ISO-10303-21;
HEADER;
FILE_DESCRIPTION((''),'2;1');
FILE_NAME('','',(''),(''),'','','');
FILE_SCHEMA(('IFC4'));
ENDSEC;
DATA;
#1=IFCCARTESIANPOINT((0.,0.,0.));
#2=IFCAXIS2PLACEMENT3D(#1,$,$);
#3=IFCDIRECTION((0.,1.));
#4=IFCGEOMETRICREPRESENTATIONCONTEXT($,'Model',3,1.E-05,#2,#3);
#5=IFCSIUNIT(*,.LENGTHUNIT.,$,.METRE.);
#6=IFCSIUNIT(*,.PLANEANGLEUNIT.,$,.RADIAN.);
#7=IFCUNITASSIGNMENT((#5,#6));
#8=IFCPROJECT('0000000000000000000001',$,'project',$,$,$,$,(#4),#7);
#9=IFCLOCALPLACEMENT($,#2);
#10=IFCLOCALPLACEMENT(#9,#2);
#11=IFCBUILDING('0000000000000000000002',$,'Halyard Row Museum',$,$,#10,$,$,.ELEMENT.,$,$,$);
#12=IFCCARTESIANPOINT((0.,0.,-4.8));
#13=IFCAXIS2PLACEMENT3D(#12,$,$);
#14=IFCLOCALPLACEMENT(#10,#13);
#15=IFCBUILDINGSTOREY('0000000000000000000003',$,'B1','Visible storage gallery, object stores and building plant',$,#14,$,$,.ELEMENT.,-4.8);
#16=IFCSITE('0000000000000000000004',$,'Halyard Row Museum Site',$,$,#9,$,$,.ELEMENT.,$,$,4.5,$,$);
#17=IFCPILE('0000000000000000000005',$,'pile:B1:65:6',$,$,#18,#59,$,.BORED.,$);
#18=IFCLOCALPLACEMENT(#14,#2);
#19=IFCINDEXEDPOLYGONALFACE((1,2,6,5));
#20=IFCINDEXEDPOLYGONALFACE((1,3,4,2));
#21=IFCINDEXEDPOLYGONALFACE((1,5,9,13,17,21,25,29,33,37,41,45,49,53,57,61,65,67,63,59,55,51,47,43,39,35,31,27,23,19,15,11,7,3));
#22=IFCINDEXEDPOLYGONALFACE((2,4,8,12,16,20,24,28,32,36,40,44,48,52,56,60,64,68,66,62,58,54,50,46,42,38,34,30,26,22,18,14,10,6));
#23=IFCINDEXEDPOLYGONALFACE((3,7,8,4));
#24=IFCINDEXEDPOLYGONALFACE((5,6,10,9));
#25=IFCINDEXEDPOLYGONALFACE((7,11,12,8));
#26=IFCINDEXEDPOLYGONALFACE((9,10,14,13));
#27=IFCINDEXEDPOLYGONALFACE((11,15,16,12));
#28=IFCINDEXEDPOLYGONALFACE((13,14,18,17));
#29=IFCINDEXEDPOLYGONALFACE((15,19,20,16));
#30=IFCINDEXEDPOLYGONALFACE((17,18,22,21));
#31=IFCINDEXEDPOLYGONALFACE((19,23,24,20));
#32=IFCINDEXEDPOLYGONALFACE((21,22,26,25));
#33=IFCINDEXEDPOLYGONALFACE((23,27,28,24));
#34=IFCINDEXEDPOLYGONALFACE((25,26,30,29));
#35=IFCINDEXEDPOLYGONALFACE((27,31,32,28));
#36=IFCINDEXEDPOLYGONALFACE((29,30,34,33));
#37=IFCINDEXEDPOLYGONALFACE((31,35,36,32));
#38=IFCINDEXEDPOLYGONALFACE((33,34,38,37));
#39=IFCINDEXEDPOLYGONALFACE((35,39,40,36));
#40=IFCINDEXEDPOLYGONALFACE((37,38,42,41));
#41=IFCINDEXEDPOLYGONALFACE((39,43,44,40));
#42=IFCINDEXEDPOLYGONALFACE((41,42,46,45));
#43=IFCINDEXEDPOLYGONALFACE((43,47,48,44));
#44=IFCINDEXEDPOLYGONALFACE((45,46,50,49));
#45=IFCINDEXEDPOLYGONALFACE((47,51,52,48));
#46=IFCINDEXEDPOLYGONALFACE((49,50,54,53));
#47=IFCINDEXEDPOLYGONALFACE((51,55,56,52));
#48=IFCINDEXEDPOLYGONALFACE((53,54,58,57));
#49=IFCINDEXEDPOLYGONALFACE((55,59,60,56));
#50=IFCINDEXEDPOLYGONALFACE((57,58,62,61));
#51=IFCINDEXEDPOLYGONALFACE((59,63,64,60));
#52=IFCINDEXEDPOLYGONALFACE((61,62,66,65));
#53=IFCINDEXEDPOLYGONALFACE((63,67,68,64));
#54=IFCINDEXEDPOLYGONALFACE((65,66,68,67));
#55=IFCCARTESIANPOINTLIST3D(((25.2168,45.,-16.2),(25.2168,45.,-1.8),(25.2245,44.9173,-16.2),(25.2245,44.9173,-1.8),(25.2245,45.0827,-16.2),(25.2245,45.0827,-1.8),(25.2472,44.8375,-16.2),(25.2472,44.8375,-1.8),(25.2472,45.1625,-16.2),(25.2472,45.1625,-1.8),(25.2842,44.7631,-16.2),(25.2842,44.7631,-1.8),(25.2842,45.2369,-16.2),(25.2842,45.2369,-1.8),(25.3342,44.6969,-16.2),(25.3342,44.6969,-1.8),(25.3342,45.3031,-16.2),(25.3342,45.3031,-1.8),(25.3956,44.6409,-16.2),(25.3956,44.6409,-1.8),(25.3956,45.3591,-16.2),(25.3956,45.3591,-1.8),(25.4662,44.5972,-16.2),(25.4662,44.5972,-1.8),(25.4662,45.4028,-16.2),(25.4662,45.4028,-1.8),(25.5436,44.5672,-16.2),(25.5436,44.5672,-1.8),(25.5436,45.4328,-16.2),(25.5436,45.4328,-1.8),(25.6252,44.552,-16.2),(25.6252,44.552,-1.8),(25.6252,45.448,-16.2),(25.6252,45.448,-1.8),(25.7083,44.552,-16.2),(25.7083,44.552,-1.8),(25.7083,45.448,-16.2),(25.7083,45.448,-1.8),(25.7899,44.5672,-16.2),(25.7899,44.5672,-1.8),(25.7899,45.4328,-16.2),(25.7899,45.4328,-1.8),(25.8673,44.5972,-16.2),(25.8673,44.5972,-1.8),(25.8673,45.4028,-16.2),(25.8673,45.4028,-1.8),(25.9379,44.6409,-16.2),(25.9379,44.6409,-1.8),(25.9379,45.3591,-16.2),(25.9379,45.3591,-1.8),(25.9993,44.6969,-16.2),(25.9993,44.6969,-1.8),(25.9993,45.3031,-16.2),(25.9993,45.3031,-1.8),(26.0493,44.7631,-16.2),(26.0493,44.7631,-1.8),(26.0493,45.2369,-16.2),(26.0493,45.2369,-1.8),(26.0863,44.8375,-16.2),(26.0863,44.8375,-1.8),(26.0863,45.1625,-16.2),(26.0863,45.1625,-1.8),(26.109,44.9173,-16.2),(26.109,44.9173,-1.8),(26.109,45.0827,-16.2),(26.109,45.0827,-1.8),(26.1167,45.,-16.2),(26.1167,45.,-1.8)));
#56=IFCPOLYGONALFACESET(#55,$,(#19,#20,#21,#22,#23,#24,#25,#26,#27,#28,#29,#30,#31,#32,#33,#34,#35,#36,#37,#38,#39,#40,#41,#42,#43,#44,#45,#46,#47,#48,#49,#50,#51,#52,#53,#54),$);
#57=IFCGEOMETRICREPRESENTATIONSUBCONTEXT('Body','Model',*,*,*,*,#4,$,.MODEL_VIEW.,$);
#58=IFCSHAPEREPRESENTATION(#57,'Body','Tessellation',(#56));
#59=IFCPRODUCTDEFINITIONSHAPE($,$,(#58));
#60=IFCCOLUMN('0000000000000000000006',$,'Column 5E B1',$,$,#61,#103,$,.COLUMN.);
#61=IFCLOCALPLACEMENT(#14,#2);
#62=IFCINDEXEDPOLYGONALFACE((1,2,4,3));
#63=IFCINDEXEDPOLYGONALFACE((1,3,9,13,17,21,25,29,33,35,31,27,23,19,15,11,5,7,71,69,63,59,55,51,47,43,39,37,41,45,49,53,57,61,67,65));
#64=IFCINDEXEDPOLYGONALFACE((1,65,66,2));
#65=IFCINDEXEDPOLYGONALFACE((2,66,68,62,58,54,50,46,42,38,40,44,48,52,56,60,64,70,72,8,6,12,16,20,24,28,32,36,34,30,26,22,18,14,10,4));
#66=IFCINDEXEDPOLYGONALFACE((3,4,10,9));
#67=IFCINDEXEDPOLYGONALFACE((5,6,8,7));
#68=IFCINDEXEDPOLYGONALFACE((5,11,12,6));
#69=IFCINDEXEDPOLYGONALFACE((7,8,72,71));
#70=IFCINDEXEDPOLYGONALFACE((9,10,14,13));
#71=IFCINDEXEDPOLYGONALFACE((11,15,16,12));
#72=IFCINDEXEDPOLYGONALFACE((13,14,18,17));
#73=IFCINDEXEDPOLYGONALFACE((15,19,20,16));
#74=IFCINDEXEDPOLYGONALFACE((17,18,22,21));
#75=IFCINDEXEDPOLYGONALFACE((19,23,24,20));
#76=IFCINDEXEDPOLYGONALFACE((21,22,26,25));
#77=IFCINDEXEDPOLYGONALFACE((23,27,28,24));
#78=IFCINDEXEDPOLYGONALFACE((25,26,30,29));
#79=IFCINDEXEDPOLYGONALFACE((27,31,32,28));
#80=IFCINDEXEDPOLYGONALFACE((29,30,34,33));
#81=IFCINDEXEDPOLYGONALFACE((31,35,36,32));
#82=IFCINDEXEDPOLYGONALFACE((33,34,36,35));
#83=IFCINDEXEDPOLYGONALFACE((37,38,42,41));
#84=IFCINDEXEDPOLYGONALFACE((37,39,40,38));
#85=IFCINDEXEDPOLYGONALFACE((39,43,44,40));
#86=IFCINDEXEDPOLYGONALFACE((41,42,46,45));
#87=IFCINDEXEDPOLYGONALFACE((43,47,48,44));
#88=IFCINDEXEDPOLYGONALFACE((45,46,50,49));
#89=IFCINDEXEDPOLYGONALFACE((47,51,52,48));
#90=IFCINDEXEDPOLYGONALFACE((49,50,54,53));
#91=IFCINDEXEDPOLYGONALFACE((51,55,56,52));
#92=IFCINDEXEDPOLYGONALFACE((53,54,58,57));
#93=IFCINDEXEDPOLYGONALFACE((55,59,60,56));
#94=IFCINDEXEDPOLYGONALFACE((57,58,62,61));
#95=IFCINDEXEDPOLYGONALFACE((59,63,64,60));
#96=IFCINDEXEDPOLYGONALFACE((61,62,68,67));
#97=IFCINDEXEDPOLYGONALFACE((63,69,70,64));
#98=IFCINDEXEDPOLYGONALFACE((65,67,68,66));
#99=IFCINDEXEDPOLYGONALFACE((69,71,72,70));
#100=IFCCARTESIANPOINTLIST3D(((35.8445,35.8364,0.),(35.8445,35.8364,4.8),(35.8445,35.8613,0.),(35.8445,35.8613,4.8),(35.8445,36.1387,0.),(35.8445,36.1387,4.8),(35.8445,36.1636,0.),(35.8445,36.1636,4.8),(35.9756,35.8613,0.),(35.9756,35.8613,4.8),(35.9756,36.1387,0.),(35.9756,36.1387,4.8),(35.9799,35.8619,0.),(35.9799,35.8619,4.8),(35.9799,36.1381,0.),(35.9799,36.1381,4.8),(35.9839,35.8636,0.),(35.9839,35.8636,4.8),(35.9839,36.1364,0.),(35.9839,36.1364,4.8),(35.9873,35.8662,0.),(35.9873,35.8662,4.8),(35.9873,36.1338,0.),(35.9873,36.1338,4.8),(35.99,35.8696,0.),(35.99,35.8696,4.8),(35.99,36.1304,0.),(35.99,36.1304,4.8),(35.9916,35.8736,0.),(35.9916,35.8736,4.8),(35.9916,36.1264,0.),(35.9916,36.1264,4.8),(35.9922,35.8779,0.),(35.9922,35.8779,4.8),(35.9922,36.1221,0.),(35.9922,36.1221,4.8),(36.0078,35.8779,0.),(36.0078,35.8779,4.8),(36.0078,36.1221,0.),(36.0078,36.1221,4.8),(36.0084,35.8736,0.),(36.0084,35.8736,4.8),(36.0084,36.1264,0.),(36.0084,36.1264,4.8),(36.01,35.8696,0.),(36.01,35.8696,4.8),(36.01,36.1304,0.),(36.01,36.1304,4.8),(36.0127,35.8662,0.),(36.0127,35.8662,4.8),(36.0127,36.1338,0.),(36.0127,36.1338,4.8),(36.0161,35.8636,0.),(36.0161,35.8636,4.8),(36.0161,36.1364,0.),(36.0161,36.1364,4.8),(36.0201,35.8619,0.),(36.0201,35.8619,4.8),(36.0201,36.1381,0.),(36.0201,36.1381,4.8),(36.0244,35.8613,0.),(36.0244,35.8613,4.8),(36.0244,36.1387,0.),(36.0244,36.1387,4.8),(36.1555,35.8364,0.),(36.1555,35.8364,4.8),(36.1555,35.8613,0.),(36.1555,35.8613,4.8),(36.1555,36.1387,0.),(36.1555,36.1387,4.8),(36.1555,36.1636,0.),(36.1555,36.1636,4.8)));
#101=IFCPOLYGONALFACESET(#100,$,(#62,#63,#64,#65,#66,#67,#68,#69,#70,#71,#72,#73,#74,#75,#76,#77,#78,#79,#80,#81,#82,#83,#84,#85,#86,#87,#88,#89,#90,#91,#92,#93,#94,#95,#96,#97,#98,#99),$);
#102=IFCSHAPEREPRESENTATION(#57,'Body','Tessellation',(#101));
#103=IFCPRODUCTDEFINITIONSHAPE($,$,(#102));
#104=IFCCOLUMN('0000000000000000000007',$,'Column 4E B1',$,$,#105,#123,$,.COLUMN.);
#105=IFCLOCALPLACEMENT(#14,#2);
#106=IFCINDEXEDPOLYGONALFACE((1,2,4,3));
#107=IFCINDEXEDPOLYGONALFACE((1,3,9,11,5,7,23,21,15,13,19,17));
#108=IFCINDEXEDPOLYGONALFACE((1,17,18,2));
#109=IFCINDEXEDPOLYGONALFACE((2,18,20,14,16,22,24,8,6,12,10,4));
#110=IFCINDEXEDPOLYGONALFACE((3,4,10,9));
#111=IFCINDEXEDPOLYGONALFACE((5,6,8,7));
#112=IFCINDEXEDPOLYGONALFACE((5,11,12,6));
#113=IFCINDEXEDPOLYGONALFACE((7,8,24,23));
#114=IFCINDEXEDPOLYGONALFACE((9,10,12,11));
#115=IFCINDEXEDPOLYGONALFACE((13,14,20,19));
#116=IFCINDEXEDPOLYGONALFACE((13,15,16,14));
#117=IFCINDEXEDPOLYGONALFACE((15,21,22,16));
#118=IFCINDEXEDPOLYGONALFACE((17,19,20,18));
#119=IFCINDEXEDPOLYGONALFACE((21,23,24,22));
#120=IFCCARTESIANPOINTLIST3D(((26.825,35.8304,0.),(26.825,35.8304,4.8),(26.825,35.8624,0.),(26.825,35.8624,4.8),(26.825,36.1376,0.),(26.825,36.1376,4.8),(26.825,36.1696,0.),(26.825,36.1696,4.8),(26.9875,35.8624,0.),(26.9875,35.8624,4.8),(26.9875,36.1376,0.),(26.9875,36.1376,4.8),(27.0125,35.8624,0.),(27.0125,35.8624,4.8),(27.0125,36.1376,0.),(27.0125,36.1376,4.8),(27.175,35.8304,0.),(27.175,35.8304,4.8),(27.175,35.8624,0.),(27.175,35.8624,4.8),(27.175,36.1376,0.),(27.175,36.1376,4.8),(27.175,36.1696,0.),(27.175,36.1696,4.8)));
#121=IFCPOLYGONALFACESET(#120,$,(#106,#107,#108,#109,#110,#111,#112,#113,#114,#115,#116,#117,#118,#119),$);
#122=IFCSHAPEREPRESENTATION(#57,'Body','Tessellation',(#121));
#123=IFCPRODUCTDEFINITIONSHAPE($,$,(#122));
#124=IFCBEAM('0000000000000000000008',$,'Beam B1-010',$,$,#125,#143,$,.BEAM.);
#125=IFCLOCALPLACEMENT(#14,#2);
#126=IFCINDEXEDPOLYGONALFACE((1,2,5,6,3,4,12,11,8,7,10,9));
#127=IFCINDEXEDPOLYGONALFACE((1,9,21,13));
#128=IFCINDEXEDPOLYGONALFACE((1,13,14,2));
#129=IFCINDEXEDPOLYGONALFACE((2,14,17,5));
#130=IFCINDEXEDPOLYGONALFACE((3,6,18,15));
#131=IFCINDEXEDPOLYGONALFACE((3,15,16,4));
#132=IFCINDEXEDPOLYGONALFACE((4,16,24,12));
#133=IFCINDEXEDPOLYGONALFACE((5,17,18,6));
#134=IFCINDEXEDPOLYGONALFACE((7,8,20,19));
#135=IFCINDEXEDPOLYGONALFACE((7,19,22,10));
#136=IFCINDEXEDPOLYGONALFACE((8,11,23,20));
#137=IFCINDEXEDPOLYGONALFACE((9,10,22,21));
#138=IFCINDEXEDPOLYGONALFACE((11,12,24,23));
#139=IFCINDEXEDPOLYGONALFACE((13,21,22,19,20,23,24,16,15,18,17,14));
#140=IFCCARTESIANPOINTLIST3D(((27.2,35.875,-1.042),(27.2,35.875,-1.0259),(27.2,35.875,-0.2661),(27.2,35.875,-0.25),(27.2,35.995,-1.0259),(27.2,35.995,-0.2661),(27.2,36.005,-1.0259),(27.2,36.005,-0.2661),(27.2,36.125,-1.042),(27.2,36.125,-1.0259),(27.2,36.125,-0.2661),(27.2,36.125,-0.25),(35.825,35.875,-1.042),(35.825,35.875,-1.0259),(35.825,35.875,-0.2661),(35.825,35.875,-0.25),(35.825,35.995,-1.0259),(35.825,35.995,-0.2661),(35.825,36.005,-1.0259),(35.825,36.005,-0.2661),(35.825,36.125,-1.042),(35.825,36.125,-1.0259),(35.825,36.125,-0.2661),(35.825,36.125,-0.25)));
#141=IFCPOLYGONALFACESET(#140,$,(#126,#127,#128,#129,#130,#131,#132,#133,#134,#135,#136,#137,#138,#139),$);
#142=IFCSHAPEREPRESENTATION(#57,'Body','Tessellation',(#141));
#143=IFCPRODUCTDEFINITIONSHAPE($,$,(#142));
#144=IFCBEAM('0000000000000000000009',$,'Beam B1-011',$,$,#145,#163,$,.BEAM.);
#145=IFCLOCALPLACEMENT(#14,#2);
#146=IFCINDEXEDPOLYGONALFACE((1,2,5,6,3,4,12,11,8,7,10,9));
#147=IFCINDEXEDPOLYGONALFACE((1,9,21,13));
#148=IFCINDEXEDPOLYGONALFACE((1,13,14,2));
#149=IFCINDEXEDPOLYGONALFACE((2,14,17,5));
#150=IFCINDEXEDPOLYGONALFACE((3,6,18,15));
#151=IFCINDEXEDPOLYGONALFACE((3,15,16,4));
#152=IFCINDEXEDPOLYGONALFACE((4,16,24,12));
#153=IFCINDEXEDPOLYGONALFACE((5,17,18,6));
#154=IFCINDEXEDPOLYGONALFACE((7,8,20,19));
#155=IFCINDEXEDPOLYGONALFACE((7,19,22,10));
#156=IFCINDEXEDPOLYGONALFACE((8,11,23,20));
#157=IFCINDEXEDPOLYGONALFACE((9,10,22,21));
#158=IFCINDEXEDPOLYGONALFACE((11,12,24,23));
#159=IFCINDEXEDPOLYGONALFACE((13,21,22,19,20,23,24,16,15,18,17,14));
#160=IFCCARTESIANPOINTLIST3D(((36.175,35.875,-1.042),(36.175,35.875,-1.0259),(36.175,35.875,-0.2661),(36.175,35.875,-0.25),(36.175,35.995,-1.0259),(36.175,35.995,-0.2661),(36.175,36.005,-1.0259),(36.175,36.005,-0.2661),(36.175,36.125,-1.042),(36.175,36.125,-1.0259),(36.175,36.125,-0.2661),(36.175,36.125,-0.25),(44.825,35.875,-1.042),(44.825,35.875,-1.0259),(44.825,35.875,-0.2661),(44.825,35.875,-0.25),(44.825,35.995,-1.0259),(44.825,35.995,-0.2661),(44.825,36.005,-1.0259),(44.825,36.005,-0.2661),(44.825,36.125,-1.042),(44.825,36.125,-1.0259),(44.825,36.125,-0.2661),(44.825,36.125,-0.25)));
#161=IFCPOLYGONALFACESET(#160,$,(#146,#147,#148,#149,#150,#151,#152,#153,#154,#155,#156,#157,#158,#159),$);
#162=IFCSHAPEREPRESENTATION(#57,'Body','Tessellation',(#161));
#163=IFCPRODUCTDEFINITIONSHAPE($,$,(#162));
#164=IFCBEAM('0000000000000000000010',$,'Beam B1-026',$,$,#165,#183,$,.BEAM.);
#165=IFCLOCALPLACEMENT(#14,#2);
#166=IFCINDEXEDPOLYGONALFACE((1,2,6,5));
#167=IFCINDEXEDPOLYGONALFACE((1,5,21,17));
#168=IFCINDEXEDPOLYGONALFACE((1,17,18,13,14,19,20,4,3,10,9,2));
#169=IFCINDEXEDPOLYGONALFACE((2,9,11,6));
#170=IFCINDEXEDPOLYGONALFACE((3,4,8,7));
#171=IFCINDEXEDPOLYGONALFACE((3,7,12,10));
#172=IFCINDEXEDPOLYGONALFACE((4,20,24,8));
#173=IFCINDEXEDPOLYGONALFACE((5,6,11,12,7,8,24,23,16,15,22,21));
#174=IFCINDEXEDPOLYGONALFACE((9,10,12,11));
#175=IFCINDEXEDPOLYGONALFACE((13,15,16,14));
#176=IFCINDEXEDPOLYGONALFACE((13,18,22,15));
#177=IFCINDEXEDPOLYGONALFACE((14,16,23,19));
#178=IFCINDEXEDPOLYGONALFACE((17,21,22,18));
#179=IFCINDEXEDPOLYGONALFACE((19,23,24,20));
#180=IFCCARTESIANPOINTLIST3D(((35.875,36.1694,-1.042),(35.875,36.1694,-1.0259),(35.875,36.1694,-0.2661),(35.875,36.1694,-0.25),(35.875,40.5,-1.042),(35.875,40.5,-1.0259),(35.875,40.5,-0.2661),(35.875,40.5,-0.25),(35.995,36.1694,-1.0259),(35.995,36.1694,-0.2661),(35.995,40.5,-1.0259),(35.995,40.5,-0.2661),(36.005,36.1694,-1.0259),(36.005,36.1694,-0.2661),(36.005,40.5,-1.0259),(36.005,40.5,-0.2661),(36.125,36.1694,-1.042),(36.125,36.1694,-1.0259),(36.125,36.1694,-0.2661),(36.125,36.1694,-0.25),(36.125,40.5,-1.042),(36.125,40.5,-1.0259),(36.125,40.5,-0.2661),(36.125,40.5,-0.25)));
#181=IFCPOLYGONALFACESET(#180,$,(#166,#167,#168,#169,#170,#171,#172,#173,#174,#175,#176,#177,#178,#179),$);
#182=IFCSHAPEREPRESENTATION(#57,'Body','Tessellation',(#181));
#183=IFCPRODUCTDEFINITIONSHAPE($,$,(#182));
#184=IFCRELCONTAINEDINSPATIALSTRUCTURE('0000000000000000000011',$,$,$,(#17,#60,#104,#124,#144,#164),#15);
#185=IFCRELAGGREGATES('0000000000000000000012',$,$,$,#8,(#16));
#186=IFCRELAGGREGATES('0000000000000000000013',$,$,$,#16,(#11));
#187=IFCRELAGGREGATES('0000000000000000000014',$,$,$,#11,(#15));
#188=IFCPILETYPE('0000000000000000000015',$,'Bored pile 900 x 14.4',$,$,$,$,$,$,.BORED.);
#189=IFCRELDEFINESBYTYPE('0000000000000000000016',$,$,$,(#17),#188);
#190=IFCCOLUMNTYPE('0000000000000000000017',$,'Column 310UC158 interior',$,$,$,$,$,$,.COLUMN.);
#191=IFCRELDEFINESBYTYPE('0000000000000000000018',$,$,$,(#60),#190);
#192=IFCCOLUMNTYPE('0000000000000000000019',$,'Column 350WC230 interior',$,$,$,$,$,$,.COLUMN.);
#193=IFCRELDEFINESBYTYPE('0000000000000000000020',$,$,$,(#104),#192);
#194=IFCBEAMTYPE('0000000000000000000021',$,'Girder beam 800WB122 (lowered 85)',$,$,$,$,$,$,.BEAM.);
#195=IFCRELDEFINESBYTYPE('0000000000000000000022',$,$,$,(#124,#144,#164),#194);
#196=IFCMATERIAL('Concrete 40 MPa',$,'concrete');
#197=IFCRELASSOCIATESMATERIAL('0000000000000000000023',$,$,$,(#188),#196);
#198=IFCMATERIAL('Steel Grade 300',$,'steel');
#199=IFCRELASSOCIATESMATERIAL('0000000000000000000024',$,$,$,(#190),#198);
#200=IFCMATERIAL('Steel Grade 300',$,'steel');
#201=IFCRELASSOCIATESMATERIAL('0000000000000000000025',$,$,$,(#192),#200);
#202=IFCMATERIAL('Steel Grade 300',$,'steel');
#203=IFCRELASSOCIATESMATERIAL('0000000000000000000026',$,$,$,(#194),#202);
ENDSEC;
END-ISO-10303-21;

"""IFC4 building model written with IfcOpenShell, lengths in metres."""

from ifc_helpers import new_model, si_unit, direction, frame, origin, origin_2d, place, context, subcontext, project, spatial, circle, i_section, extrude, material, material_profile, profile_set, type_object, element, save


model = new_model("IFC4")

# Units and contexts
model_context = context("Model", 3, precision=1e-05, world=origin(), true_north=direction((0.0, 1.0)))
body_context = subcontext(model_context, "Body", "Model", "MODEL_VIEW")
ifc_project = project(units=[si_unit("LENGTHUNIT", "METRE"), si_unit("PLANEANGLEUNIT", "RADIAN")], contexts=[model_context])

# Site, building, storey
site_placement = place(None, origin())
site = spatial("IfcSite", under=ifc_project, at=site_placement, Name="Halyard Row Museum Site", CompositionType="ELEMENT", RefElevation=4.5)
building_placement = place(site_placement, origin())
building = spatial("IfcBuilding", under=site, at=building_placement, Name="Halyard Row Museum", CompositionType="ELEMENT")
storey_placement = place(building_placement, frame((0.0, 0.0, -4.8)))
storey = spatial("IfcBuildingStorey", under=building, at=storey_placement, Name="B1", Description="Visible storage gallery, object stores and building plant", CompositionType="ELEMENT", Elevation=-4.8)

# Pile
ifc_material_1 = material(Name="Concrete 40 MPa", Category="concrete")
ifc_material_profile_1 = material_profile(ifc_material_1, circle(Radius=0.45, at=origin_2d()), Name="Bored pile 900 x 14.4")
ifc_profile_set_1 = profile_set([ifc_material_profile_1], Name="Concrete 40 MPa")
pile_type = type_object("IfcPileType", Name="Bored pile 900 x 14.4", PredefinedType="BORED", material=ifc_profile_set_1)
pile_placement = place(storey_placement, frame((25.6667, 45.0, -1.8), z_axis=(0.0, 0.0, -1.0), x_axis=(1.0, 0.0, 0.0)))
element("IfcPile", 1, at=pile_placement, inside=storey, type_object=pile_type, Name="pile:B1:65:6", PredefinedType="BORED", context=body_context, shape_type="SweptSolid", body=[
    extrude(circle(Radius=0.45, at=origin_2d()), origin(), (0.0, 0.0, 1.0), 14.3999),
])

# Columns
ifc_material_2 = material(Name="Steel Grade 300", Category="steel")
ifc_material_profile_2 = material_profile(ifc_material_2, i_section(OverallWidth=0.311, OverallDepth=0.3271, WebThickness=0.0156, FlangeThickness=0.0249, FilletRadius=0.0166, at=origin_2d()), Name="310UC158")
ifc_profile_set_2 = profile_set([ifc_material_profile_2], Name="Steel Grade 300")
column_type_1 = type_object("IfcColumnType", Name="Column 310UC158 interior", PredefinedType="COLUMN", material=ifc_profile_set_2)
column_1_placement = place(storey_placement, frame((36.0, 36.0, 0.0), z_axis=(0.0, 0.0, 1.0), x_axis=(1.0, 0.0, 0.0)))
element("IfcColumn", 2, at=column_1_placement, inside=storey, type_object=column_type_1, Name="Column 5E B1", PredefinedType="COLUMN", context=body_context, shape_type="SweptSolid", body=[
    extrude(i_section(OverallWidth=0.311, OverallDepth=0.3271, WebThickness=0.0156, FlangeThickness=0.0249, FilletRadius=0.0166, at=origin_2d()), origin(), (0.0, 0.0, 1.0), 4.8),
])
ifc_material_3 = material(Name="Steel Grade 300", Category="steel")
ifc_material_profile_3 = material_profile(ifc_material_3, i_section(OverallWidth=0.3501, OverallDepth=0.3391, WebThickness=0.0249, FlangeThickness=0.032, at=origin_2d()), Name="350WC230")
ifc_profile_set_3 = profile_set([ifc_material_profile_3], Name="Steel Grade 300")
column_type_2 = type_object("IfcColumnType", Name="Column 350WC230 interior", PredefinedType="COLUMN", material=ifc_profile_set_3)
column_2_placement = place(storey_placement, frame((27.0, 36.0, 0.0), z_axis=(0.0, 0.0, 1.0), x_axis=(1.0, 0.0, 0.0)))
element("IfcColumn", 3, at=column_2_placement, inside=storey, type_object=column_type_2, Name="Column 4E B1", PredefinedType="COLUMN", context=body_context, shape_type="SweptSolid", body=[
    extrude(i_section(OverallWidth=0.3501, OverallDepth=0.3391, WebThickness=0.0249, FlangeThickness=0.032, at=origin_2d()), origin(), (0.0, 0.0, 1.0), 4.8),
])

# Beams
ifc_material_4 = material(Name="Steel Grade 300", Category="steel")
ifc_material_profile_4 = material_profile(ifc_material_4, i_section(OverallWidth=0.25, OverallDepth=0.792, WebThickness=0.01, FlangeThickness=0.0161, at=origin_2d()), Name="800WB122")
ifc_profile_set_4 = profile_set([ifc_material_profile_4], Name="Steel Grade 300")
beam_type_1 = type_object("IfcBeamType", Name="Girder beam 800WB122 (lowered 85)", PredefinedType="BEAM", material=ifc_profile_set_4)
beam_1_placement = place(storey_placement, frame((27.2, 36.0, -0.646), z_axis=(1.0, 0.0, 0.0), x_axis=(0.0, 1.0, 0.0)))
element("IfcBeam", 4, at=beam_1_placement, inside=storey, type_object=beam_type_1, Name="Beam B1-010", PredefinedType="BEAM", context=body_context, shape_type="SweptSolid", body=[
    extrude(i_section(OverallWidth=0.25, OverallDepth=0.792, WebThickness=0.01, FlangeThickness=0.0161, at=origin_2d()), origin(), (0.0, 0.0, 1.0), 8.625),
])
beam_2_placement = place(storey_placement, frame((36.175, 36.0, -0.646), z_axis=(1.0, 0.0, 0.0), x_axis=(0.0, 1.0, 0.0)))
element("IfcBeam", 5, at=beam_2_placement, inside=storey, type_object=beam_type_1, Name="Beam B1-011", PredefinedType="BEAM", context=body_context, shape_type="SweptSolid", body=[
    extrude(i_section(OverallWidth=0.25, OverallDepth=0.792, WebThickness=0.01, FlangeThickness=0.0161, at=origin_2d()), origin(), (0.0, 0.0, 1.0), 8.6499),
])
beam_3_placement = place(storey_placement, frame((36.0, 36.1694, -0.646), z_axis=(0.0, 1.0, 0.0), x_axis=(-1.0, 0.0, 0.0)))
element("IfcBeam", 6, at=beam_3_placement, inside=storey, type_object=beam_type_1, Name="Beam B1-026", PredefinedType="BEAM", context=body_context, shape_type="SweptSolid", body=[
    extrude(i_section(OverallWidth=0.25, OverallDepth=0.792, WebThickness=0.01, FlangeThickness=0.0161, at=origin_2d()), origin(), (0.0, 0.0, 1.0), 4.3306),
])

save(model, "model.ifc")
